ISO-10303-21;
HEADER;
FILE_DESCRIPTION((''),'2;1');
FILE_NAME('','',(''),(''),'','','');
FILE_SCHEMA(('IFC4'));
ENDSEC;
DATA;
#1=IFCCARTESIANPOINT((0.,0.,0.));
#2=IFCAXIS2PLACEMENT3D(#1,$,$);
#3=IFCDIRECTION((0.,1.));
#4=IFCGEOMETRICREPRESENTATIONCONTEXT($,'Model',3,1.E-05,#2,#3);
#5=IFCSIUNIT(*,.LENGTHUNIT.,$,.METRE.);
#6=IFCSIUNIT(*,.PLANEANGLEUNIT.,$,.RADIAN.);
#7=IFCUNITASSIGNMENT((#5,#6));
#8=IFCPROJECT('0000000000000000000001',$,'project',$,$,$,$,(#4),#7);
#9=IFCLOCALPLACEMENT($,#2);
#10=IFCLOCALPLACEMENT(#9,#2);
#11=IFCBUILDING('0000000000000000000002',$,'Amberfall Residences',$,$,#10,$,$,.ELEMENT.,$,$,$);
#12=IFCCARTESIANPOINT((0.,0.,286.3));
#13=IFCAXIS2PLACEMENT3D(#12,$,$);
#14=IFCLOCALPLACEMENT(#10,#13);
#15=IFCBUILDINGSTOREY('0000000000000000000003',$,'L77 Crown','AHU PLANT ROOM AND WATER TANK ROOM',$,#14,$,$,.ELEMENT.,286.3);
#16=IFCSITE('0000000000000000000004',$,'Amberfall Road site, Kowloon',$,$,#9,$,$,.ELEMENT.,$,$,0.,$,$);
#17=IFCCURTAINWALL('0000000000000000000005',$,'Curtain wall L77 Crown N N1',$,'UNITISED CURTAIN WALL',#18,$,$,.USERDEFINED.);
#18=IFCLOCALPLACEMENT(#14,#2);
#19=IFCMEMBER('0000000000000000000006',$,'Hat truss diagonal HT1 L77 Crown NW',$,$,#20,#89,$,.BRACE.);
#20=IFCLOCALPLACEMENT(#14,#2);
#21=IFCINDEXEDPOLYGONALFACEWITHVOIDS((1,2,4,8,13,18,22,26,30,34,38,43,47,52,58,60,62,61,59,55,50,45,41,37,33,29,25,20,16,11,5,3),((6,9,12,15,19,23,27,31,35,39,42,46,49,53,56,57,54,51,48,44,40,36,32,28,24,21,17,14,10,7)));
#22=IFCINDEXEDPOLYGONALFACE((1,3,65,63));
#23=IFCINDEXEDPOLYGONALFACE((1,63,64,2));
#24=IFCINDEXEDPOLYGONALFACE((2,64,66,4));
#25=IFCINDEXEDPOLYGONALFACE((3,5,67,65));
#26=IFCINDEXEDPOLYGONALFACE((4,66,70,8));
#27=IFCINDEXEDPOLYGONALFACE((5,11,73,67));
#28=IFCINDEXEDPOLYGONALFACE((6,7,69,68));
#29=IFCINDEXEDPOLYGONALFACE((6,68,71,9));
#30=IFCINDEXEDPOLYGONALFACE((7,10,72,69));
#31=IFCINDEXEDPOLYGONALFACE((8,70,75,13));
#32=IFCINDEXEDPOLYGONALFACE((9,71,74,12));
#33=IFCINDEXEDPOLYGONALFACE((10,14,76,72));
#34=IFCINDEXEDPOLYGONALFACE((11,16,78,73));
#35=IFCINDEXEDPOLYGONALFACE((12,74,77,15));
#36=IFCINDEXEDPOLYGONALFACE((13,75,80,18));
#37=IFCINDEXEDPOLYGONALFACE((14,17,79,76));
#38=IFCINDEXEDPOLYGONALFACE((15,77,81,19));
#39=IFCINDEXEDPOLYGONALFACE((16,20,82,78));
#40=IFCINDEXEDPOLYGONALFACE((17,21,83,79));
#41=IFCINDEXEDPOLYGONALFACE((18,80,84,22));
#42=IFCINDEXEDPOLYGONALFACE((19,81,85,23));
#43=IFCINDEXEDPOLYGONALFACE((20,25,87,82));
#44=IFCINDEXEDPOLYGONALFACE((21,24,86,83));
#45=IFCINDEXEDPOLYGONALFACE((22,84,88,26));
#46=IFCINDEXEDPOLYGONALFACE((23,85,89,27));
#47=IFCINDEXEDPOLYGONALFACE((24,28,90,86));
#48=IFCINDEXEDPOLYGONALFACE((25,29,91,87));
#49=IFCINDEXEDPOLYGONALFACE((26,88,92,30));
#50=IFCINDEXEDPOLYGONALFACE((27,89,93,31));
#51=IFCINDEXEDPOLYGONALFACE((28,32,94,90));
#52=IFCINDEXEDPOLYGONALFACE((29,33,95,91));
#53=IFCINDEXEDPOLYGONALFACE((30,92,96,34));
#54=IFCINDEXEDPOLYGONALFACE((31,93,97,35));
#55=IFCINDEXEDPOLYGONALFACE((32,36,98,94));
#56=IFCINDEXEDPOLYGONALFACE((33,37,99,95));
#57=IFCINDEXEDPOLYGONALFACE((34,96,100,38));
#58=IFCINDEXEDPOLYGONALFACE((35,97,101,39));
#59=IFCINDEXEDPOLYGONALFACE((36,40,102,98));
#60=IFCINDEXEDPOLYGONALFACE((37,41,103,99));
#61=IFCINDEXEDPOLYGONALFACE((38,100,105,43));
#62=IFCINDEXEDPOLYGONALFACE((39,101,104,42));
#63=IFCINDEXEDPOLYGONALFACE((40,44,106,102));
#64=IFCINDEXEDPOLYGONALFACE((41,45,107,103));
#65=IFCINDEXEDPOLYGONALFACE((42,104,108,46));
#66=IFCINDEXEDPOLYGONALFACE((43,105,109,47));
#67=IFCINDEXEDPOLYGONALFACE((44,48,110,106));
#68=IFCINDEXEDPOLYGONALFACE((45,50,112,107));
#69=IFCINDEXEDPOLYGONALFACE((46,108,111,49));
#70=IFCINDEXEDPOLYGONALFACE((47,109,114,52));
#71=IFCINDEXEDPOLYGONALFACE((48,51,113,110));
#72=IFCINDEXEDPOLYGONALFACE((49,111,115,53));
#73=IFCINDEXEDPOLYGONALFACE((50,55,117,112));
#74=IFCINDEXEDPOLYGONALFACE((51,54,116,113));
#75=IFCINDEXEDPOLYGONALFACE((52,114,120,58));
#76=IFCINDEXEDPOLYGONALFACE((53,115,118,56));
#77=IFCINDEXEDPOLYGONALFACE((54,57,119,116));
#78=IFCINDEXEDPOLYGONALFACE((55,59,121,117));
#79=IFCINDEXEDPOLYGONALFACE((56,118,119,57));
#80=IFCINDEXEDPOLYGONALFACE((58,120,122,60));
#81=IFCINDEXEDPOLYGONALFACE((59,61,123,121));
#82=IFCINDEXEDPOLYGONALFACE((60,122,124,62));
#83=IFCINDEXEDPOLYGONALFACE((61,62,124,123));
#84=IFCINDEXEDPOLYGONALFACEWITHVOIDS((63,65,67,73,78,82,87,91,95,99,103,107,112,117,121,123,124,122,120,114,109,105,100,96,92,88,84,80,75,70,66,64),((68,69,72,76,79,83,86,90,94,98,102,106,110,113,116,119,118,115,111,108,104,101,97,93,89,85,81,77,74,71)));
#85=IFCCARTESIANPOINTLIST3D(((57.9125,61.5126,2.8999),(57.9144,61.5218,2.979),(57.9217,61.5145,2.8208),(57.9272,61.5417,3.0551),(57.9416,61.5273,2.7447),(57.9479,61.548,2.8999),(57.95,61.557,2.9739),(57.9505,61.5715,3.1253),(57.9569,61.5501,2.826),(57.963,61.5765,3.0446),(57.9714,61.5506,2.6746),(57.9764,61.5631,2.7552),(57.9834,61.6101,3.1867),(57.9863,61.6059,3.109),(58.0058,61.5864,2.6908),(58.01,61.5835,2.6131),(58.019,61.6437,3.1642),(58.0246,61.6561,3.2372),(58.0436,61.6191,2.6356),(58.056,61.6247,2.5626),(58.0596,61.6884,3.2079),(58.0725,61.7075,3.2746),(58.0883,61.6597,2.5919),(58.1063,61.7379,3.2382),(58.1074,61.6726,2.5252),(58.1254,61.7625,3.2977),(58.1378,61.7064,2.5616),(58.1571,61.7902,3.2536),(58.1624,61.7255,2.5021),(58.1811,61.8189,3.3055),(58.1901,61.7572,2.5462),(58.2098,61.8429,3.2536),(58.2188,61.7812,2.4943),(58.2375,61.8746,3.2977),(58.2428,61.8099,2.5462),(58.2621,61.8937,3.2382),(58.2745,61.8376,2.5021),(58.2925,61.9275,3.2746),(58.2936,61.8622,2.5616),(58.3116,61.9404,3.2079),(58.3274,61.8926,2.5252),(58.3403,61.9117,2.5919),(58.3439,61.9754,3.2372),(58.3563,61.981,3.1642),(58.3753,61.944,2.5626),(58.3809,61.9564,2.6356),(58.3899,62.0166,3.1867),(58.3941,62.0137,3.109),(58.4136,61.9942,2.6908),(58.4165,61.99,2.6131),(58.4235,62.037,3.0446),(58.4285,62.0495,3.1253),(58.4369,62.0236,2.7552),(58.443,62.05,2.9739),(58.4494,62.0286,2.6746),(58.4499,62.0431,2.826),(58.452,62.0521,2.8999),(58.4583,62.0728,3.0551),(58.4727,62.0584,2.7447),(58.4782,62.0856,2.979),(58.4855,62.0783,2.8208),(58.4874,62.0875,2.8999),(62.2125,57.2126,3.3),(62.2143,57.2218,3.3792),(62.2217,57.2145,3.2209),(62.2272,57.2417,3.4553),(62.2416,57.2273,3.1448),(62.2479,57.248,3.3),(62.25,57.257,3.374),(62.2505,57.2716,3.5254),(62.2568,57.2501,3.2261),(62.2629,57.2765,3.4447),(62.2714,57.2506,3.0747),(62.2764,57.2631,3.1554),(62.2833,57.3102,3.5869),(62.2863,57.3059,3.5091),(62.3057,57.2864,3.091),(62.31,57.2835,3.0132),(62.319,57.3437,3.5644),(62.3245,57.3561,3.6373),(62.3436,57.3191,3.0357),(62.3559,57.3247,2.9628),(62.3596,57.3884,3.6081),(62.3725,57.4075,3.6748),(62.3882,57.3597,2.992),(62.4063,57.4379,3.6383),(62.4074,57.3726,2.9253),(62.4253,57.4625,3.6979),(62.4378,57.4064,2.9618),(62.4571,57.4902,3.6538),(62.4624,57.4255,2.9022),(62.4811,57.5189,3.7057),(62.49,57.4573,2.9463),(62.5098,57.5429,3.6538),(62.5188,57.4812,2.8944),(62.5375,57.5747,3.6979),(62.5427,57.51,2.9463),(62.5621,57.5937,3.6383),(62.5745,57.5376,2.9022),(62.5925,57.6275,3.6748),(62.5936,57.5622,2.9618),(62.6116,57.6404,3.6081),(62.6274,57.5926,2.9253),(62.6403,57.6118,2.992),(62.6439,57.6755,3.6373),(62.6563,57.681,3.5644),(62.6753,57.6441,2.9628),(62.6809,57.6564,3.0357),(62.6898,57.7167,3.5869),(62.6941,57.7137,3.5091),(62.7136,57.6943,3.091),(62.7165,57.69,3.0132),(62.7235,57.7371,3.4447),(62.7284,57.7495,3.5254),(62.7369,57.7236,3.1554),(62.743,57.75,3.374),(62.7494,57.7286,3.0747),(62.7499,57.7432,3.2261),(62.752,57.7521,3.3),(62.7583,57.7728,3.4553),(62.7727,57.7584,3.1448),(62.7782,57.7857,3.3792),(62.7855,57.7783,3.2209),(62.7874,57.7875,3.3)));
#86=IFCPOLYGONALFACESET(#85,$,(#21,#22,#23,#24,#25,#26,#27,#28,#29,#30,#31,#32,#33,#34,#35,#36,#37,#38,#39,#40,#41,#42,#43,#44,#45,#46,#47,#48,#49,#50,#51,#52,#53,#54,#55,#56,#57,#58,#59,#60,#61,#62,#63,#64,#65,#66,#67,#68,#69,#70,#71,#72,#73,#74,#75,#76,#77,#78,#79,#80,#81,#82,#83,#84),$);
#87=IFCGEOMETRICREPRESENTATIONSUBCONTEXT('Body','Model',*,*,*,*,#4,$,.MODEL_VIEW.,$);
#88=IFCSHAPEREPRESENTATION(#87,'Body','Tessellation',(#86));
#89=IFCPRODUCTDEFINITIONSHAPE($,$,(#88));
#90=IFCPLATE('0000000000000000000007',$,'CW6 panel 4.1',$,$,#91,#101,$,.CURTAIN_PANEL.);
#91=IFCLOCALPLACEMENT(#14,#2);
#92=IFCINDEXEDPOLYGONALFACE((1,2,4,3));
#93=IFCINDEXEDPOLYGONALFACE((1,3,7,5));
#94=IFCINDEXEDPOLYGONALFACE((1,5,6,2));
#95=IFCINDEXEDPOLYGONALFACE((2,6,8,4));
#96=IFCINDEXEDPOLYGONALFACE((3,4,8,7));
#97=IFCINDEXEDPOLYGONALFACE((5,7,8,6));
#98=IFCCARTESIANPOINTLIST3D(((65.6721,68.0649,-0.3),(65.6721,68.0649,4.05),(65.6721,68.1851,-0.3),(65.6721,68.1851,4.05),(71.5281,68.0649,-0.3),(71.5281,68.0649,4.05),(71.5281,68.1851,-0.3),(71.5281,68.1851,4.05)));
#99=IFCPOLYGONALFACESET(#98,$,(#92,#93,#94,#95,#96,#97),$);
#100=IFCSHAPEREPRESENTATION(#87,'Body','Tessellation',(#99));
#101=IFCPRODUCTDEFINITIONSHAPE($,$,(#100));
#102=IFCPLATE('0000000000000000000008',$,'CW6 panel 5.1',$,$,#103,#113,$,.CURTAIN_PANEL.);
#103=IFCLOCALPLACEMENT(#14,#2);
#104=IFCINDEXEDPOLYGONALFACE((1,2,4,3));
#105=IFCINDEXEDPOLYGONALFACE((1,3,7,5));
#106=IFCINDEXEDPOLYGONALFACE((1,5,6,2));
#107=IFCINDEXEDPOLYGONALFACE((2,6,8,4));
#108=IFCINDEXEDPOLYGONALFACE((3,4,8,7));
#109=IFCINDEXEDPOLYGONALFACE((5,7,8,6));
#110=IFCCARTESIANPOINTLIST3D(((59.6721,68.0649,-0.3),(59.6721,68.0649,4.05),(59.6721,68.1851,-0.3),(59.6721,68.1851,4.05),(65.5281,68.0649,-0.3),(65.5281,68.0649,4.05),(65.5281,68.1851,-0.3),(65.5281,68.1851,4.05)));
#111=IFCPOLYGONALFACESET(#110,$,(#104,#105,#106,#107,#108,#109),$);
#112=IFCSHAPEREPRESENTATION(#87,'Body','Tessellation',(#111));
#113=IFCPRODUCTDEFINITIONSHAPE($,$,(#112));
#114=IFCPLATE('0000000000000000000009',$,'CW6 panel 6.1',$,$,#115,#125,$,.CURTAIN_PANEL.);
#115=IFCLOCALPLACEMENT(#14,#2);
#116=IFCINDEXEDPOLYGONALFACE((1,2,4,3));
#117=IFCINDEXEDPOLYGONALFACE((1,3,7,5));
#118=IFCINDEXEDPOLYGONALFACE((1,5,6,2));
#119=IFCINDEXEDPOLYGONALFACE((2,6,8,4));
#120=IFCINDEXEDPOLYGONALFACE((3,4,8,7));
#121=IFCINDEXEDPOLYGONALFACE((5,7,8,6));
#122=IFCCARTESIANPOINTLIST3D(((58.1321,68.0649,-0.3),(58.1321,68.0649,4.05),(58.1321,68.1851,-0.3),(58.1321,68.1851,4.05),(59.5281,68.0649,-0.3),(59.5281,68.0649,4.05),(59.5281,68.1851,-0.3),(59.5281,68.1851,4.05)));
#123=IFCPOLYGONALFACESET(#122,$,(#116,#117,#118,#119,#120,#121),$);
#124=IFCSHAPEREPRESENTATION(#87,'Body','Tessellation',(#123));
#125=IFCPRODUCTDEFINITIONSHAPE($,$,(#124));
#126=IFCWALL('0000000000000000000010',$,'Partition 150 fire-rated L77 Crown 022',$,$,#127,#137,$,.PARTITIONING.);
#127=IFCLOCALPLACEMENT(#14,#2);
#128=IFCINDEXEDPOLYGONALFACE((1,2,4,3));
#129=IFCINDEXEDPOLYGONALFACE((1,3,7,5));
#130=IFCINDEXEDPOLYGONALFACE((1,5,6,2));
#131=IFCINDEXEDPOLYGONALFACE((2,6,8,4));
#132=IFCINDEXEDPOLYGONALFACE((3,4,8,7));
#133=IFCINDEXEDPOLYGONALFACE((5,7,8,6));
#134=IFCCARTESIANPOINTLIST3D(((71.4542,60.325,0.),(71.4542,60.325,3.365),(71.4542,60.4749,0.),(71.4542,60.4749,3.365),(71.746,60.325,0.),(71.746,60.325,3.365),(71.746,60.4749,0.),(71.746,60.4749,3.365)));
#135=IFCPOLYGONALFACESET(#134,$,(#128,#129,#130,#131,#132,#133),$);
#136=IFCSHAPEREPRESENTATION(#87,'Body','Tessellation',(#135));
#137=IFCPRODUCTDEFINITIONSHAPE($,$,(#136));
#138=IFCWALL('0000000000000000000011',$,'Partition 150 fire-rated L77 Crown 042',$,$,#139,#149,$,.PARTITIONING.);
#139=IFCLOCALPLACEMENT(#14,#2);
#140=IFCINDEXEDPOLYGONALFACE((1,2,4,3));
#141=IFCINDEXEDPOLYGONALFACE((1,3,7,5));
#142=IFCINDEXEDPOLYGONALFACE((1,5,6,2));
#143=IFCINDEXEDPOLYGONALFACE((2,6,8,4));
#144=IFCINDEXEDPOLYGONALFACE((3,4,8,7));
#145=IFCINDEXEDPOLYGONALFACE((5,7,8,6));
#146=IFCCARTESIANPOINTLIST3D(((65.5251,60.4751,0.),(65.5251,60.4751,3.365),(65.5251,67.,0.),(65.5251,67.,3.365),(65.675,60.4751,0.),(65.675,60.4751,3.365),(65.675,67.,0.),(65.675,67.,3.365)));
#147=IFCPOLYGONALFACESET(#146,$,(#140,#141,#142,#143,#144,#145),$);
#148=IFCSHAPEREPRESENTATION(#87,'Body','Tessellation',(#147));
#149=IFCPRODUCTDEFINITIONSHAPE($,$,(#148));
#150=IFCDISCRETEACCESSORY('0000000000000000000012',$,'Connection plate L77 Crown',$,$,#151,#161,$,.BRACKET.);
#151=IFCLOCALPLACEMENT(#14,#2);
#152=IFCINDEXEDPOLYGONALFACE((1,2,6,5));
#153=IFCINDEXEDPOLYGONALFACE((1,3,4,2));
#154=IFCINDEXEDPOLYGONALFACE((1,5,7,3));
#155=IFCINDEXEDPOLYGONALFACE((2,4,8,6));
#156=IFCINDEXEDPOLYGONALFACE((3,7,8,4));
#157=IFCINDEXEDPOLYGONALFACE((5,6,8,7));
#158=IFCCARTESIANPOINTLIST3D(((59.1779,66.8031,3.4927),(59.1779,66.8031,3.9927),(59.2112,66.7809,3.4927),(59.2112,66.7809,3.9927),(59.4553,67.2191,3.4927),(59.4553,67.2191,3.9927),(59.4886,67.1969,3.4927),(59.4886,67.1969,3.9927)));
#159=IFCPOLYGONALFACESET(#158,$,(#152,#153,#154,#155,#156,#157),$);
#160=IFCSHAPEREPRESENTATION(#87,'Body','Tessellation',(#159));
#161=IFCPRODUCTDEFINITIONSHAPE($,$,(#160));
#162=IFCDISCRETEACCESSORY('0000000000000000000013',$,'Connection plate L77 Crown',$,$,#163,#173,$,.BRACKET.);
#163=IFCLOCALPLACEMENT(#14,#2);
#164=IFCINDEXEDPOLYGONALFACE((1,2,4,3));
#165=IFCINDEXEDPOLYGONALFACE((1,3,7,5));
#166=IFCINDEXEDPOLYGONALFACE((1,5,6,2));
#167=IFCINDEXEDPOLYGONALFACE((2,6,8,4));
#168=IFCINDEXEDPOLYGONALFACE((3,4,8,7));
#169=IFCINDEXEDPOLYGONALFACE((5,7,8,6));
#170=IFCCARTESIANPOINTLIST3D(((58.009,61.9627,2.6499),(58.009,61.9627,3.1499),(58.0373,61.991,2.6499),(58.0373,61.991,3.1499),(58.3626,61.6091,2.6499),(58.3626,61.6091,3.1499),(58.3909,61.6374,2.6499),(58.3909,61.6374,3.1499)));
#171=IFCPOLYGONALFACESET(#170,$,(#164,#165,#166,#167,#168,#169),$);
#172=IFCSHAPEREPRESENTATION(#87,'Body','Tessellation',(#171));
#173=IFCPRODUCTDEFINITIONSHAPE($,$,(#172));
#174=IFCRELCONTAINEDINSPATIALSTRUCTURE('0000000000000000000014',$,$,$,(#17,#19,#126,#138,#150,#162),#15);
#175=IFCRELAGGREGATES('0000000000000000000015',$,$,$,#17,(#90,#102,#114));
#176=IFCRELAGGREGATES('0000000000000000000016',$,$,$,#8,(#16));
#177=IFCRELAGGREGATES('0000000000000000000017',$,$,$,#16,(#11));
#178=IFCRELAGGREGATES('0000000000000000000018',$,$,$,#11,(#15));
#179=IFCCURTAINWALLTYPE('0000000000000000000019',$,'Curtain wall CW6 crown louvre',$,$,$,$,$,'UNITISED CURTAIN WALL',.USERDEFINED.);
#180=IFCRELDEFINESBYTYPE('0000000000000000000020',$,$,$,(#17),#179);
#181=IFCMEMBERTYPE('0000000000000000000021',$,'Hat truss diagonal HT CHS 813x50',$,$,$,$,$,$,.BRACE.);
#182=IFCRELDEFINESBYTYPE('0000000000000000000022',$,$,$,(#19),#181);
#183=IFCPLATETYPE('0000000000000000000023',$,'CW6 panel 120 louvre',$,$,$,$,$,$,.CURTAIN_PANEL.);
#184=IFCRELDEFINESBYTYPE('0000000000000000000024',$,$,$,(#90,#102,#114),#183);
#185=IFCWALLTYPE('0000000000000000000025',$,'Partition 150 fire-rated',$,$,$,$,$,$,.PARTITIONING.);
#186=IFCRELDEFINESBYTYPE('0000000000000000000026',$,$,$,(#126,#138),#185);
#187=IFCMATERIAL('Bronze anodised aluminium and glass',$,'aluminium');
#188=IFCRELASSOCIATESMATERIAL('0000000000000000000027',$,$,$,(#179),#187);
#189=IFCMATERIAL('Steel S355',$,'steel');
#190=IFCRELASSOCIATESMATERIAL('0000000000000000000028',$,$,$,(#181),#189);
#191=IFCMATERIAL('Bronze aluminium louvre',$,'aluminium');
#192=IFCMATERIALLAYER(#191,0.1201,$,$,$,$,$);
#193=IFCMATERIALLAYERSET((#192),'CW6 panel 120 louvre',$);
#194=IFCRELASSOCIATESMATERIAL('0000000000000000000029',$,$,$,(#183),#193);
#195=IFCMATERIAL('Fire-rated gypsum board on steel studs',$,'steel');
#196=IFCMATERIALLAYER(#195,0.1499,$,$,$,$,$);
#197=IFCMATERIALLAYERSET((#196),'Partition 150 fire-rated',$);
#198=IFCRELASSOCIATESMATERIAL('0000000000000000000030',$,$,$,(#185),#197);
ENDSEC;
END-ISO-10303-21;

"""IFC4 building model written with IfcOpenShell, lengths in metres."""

from ifc_helpers import new_model, si_unit, direction, frame, frame_2d, origin, origin_2d, place, context, subcontext, project, spatial, rectangle, hollow_circle, extrude, material, layer, layer_set, material_profile, profile_set, type_object, element, aggregate, save


model = new_model("IFC4")

# Units and contexts
model_context = context("Model", 3, precision=1e-05, world=origin(), true_north=direction((0.0, 1.0)))
body_context = subcontext(model_context, "Body", "Model", "MODEL_VIEW")
ifc_project = project(units=[si_unit("LENGTHUNIT", "METRE"), si_unit("PLANEANGLEUNIT", "RADIAN")], contexts=[model_context])

# Site, building, storey
site_placement = place(None, origin())
site = spatial("IfcSite", under=ifc_project, at=site_placement, Name="Amberfall Road site, Kowloon", CompositionType="ELEMENT", RefElevation=0.0)
building_placement = place(site_placement, origin())
building = spatial("IfcBuilding", under=site, at=building_placement, Name="Amberfall Residences", CompositionType="ELEMENT")
storey_placement = place(building_placement, frame((0.0, 0.0, 286.3)))
storey = spatial("IfcBuildingStorey", under=building, at=storey_placement, Name="L77 Crown", Description="AHU PLANT ROOM AND WATER TANK ROOM", CompositionType="ELEMENT", Elevation=286.3)

# Curtain wall
ifc_material_1 = material(Name="Bronze anodised aluminium and glass", Category="aluminium")
curtain_wall_type = type_object("IfcCurtainWallType", Name="Curtain wall CW6 crown louvre", ElementType="UNITISED CURTAIN WALL", PredefinedType="USERDEFINED", material=ifc_material_1)
curtain_wall_placement = place(storey_placement, origin())
curtain_wall = element("IfcCurtainWall", 1, at=curtain_wall_placement, inside=storey, type_object=curtain_wall_type, Name="Curtain wall L77 Crown N N1", ObjectType="UNITISED CURTAIN WALL", PredefinedType="USERDEFINED")

# Shared definitions
ifc_material_2 = material(Name="Steel S355", Category="steel")

# Member
ifc_material_profile_1 = material_profile(ifc_material_2, hollow_circle(Radius=0.4065, WallThickness=0.05, at=origin_2d()), Name="CHS 813x50")
ifc_profile_set_1 = profile_set([ifc_material_profile_1], Name="Steel S355")
member_type_1 = type_object("IfcMemberType", Name="Hat truss diagonal HT CHS 813x50", PredefinedType="BRACE", material=ifc_profile_set_1)
member_1_placement = place(storey_placement, frame((58.2, 61.8, 2.8999), z_axis=(0.705581, -0.705581, 0.065659), x_axis=(0.707107, 0.707107, 0.0)))
element("IfcMember", 2, at=member_1_placement, inside=storey, type_object=member_type_1, Name="Hat truss diagonal HT1 L77 Crown NW", PredefinedType="BRACE", context=body_context, shape_type="SweptSolid", body=[
    extrude(hollow_circle(Radius=0.4065, WallThickness=0.05, at=origin_2d()), origin(), (0.0, 0.0, 1.0), 6.0942),
])

# Plates
ifc_material_3 = material(Name="Bronze aluminium louvre", Category="aluminium")
ifc_layer_1 = layer(ifc_material_3, 0.1201)
ifc_layer_set_1 = layer_set([ifc_layer_1], Name="CW6 panel 120 louvre")
plate_type = type_object("IfcPlateType", Name="CW6 panel 120 louvre", PredefinedType="CURTAIN_PANEL", material=ifc_layer_set_1)
plate_1_placement = place(storey_placement, frame((68.6001, 68.125, -0.3), z_axis=(0.0, 0.0, 1.0), x_axis=(-1.0, 0.0, 0.0)))
plate_1 = element("IfcPlate", 3, at=plate_1_placement, type_object=plate_type, Name="CW6 panel 4.1", PredefinedType="CURTAIN_PANEL", context=body_context, shape_type="SweptSolid", body=[
    extrude(rectangle(XDim=5.856, YDim=0.1201, at=origin_2d()), origin(), (0.0, 0.0, 1.0), 4.3501),
])
plate_2_placement = place(storey_placement, frame((62.6001, 68.125, -0.3), z_axis=(0.0, 0.0, 1.0), x_axis=(-1.0, 0.0, 0.0)))
plate_2 = element("IfcPlate", 4, at=plate_2_placement, type_object=plate_type, Name="CW6 panel 5.1", PredefinedType="CURTAIN_PANEL", context=body_context, shape_type="SweptSolid", body=[
    extrude(rectangle(XDim=5.856, YDim=0.1201, at=origin_2d()), origin(), (0.0, 0.0, 1.0), 4.3501),
])
plate_3_placement = place(storey_placement, frame((58.8301, 68.125, -0.3), z_axis=(0.0, 0.0, 1.0), x_axis=(-1.0, 0.0, 0.0)))
plate_3 = element("IfcPlate", 5, at=plate_3_placement, type_object=plate_type, Name="CW6 panel 6.1", PredefinedType="CURTAIN_PANEL", context=body_context, shape_type="SweptSolid", body=[
    extrude(rectangle(XDim=1.396, YDim=0.1201, at=origin_2d()), origin(), (0.0, 0.0, 1.0), 4.3501),
])
aggregate(curtain_wall, [plate_1, plate_2, plate_3])

# Walls
ifc_material_4 = material(Name="Fire-rated gypsum board on steel studs", Category="steel")
ifc_layer_2 = layer(ifc_material_4, 0.1499)
ifc_layer_set_2 = layer_set([ifc_layer_2], Name="Partition 150 fire-rated")
wall_type = type_object("IfcWallType", Name="Partition 150 fire-rated", PredefinedType="PARTITIONING", material=ifc_layer_set_2)
wall_1_placement = place(storey_placement, frame((71.4541, 60.3999, 0.0), z_axis=(0.0, 0.0, 1.0), x_axis=(1.0, 0.0, 0.0)))
element("IfcWall", 6, at=wall_1_placement, inside=storey, type_object=wall_type, Name="Partition 150 fire-rated L77 Crown 022", PredefinedType="PARTITIONING", context=body_context, shape_type="SweptSolid", body=[
    extrude(rectangle(XDim=0.2917, YDim=0.1499, at=frame_2d((0.146, 0.0))), origin(), (0.0, 0.0, 1.0), 3.365),
])
wall_2_placement = place(storey_placement, frame((65.6001, 60.4751, 0.0), z_axis=(0.0, 0.0, 1.0), x_axis=(0.0, 1.0, 0.0)))
element("IfcWall", 7, at=wall_2_placement, inside=storey, type_object=wall_type, Name="Partition 150 fire-rated L77 Crown 042", PredefinedType="PARTITIONING", context=body_context, shape_type="SweptSolid", body=[
    extrude(rectangle(XDim=6.5249, YDim=0.1499, at=frame_2d((3.2625, 0.0))), origin(), (0.0, 0.0, 1.0), 3.365),
])

# Discrete accessories
for number, where, z_axis, x_axis, name in (
    (8, (59.3333, 67.0, 3.4927), (0.0, 0.0, 1.0), (0.554699, 0.832051, 0.0), "Connection plate L77 Crown"),
    (9, (58.2, 61.8, 2.6499), (0.0, 0.0, 1.0), (0.707107, -0.707107, 0.0), "Connection plate L77 Crown"),
):
    element("IfcDiscreteAccessory", number, at=place(storey_placement, frame(where, z_axis=z_axis, x_axis=x_axis)), inside=storey, Name=name, PredefinedType="BRACKET", context=body_context, shape_type="SweptSolid", body=[
        extrude(rectangle(XDim=0.5, YDim=0.04, at=origin_2d()), origin(), (0.0, 0.0, 1.0), 0.5),
    ])

save(model, "model.ifc")
